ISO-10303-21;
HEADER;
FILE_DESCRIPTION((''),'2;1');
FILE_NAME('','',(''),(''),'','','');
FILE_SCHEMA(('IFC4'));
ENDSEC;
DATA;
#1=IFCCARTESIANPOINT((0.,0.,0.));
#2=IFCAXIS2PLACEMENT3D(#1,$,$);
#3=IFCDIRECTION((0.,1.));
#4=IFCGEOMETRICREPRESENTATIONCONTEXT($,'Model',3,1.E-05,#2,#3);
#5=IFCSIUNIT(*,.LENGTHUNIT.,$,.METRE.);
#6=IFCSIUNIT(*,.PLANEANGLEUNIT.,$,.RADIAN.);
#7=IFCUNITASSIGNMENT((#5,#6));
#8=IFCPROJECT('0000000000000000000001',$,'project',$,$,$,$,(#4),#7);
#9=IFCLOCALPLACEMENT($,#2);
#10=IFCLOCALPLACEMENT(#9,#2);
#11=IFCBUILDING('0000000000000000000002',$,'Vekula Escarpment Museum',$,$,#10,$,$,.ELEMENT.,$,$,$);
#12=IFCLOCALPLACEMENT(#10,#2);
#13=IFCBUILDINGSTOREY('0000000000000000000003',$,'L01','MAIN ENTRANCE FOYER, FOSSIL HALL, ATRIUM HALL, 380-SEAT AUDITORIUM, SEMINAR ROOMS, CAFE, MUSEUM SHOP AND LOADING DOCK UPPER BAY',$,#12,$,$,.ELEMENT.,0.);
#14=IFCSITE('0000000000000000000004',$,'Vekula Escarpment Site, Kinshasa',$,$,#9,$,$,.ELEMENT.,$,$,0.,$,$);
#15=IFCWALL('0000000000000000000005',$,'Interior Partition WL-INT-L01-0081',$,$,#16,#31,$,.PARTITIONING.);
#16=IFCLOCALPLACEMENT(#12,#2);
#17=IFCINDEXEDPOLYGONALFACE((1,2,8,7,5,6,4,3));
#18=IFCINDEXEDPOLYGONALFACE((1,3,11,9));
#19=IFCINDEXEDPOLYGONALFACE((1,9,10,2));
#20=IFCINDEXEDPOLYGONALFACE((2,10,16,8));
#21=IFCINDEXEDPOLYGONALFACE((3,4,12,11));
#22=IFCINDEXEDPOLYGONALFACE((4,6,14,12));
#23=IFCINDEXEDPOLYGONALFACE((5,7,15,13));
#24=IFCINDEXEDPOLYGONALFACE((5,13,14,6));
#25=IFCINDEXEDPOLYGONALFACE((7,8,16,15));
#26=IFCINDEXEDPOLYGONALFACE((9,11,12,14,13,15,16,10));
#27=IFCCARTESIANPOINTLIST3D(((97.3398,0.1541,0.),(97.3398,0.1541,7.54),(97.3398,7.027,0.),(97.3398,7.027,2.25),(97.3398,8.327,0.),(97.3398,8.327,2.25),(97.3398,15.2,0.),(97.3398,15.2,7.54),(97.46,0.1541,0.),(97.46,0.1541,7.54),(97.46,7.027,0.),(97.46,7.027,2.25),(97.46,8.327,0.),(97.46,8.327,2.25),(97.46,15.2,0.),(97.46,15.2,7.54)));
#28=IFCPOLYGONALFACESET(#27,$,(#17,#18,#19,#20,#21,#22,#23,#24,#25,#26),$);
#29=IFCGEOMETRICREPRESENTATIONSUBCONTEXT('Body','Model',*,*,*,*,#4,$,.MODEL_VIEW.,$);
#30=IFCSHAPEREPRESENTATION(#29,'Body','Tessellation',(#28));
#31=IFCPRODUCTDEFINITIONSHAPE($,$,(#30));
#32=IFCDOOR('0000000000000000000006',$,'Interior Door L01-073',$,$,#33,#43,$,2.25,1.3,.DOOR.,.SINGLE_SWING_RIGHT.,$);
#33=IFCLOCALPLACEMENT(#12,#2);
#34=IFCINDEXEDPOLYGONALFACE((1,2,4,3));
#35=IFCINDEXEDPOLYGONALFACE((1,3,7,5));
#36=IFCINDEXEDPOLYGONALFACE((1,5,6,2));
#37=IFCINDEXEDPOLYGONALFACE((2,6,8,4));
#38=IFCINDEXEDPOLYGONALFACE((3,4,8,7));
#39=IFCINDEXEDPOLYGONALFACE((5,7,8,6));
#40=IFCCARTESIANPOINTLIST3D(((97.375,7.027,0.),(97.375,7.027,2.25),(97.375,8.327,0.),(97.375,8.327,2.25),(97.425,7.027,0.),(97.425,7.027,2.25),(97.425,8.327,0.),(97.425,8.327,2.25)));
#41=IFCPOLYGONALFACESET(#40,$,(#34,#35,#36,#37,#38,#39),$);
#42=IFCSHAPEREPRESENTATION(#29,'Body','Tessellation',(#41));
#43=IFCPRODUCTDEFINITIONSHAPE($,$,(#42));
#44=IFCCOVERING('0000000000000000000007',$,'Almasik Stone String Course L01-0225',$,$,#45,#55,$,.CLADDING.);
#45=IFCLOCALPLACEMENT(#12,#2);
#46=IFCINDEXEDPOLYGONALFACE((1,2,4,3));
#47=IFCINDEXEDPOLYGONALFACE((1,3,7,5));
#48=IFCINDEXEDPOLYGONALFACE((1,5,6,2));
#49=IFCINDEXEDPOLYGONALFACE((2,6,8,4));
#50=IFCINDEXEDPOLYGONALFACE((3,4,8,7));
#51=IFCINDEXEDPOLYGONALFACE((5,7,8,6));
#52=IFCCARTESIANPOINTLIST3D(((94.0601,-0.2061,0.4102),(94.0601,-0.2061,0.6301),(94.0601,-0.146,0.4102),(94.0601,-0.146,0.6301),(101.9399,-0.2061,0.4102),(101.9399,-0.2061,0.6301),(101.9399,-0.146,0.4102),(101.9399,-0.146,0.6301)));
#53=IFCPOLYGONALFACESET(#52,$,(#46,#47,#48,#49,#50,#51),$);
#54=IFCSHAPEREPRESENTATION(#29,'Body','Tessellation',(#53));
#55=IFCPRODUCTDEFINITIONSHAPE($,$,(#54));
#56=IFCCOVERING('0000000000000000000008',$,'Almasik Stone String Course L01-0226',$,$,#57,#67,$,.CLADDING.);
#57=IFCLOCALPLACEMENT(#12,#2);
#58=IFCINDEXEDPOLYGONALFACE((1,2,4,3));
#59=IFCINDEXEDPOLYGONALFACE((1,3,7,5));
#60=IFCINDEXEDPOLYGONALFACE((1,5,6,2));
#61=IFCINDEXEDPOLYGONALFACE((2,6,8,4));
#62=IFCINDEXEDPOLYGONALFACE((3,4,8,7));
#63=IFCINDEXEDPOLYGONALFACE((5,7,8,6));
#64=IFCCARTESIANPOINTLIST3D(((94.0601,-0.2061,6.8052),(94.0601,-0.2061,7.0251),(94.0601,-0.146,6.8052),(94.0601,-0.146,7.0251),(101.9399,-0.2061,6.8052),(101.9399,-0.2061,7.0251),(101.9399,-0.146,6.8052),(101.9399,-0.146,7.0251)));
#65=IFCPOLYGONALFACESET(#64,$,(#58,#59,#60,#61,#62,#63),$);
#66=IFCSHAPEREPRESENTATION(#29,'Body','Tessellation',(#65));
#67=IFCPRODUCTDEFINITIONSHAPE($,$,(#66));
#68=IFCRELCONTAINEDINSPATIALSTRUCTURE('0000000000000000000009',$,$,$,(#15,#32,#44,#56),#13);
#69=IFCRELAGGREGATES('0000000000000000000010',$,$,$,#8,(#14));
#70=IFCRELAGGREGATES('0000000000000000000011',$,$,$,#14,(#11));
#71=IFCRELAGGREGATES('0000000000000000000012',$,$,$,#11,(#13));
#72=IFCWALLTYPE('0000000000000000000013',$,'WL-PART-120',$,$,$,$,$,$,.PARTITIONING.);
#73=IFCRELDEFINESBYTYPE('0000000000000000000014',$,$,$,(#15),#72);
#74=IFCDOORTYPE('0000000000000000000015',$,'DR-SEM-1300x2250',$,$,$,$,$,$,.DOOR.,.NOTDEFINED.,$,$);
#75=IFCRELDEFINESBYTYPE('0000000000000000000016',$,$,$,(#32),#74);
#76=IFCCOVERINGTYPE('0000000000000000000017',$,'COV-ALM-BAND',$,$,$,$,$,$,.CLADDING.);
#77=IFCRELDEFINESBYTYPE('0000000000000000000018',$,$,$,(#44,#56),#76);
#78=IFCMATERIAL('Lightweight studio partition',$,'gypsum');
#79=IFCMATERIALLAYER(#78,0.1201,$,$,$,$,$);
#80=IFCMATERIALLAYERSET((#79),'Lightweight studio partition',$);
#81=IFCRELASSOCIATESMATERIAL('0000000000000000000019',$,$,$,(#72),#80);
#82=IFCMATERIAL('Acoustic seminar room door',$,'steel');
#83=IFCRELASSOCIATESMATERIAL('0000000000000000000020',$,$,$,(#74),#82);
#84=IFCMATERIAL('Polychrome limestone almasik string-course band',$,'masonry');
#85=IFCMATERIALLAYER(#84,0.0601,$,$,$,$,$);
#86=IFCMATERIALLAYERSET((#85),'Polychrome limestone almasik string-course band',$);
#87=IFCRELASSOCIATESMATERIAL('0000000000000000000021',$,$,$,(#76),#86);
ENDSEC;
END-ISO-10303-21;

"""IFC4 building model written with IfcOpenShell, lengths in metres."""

from ifc_helpers import new_model, si_unit, direction, frame, frame_2d, origin, origin_2d, place, context, subcontext, project, spatial, rectangle, extrude, material, layer, layer_set, type_object, element, fill, save


model = new_model("IFC4")

# Units and contexts
model_context = context("Model", 3, precision=1e-05, world=origin(), true_north=direction((0.0, 1.0)))
body_context = subcontext(model_context, "Body", "Model", "MODEL_VIEW")
ifc_project = project(units=[si_unit("LENGTHUNIT", "METRE"), si_unit("PLANEANGLEUNIT", "RADIAN")], contexts=[model_context])

# Site, building, storey
site_placement = place(None, origin())
site = spatial("IfcSite", under=ifc_project, at=site_placement, Name="Vekula Escarpment Site, Kinshasa", CompositionType="ELEMENT", RefElevation=0.0)
building_placement = place(site_placement, origin())
building = spatial("IfcBuilding", under=site, at=building_placement, Name="Vekula Escarpment Museum", CompositionType="ELEMENT")
storey_placement = place(building_placement, origin())
storey = spatial("IfcBuildingStorey", under=building, at=storey_placement, Name="L01", Description="MAIN ENTRANCE FOYER, FOSSIL HALL, ATRIUM HALL, 380-SEAT AUDITORIUM, SEMINAR ROOMS, CAFE, MUSEUM SHOP AND LOADING DOCK UPPER BAY", CompositionType="ELEMENT", Elevation=0.0)

# Wall, opening, door
ifc_material_1 = material(Name="Lightweight studio partition", Category="gypsum")
ifc_layer_1 = layer(ifc_material_1, 0.1201)
ifc_layer_set_1 = layer_set([ifc_layer_1], Name="Lightweight studio partition")
wall_type_1 = type_object("IfcWallType", Name="WL-PART-120", PredefinedType="PARTITIONING", material=ifc_layer_set_1)
wall_1_placement = place(storey_placement, frame((97.3999, 0.1541, 0.0), z_axis=(0.0, 0.0, 1.0), x_axis=(0.0, 1.0, 0.0)))
wall_1 = element("IfcWall", 1, at=wall_1_placement, inside=storey, type_object=wall_type_1, Name="Interior Partition WL-INT-L01-0081", PredefinedType="PARTITIONING", context=body_context, shape_type="SweptSolid", body=[
    extrude(rectangle(XDim=15.0459, YDim=0.1201, at=frame_2d((7.5229, 0.0))), origin(), (0.0, 0.0, 1.0), 7.54),
])
opening_1_placement = place(wall_1_placement, frame((6.873, 0.0, 0.0)))
opening_1 = element("IfcOpeningElement", 2, at=opening_1_placement, cuts=wall_1, PredefinedType="OPENING", context=body_context, shape_type="SweptSolid", body=[
    extrude(rectangle(XDim=1.3, YDim=2.25, at=frame_2d((0.6499, 1.125))), frame((0.0, 0.0701, 0.0), z_axis=(0.0, -1.0, 0.0), x_axis=(1.0, 0.0, 0.0)), (0.0, 0.0, 1.0), 0.1401),
])
ifc_material_2 = material(Name="Acoustic seminar room door", Category="steel")
door_type_1 = type_object("IfcDoorType", Name="DR-SEM-1300x2250", OperationType="NOTDEFINED", PredefinedType="DOOR", material=ifc_material_2)
door_1_placement = place(opening_1_placement, origin())
door_1 = element("IfcDoor", 3, at=door_1_placement, inside=storey, type_object=door_type_1, Name="Interior Door L01-073", OperationType="SINGLE_SWING_RIGHT", OverallHeight=2.25, OverallWidth=1.3, PredefinedType="DOOR", context=body_context, shape_type="SweptSolid", body=[
    extrude(rectangle(XDim=1.3, YDim=2.25, at=frame_2d((0.6499, 1.125))), frame((0.0, 0.0249, 0.0), z_axis=(0.0, -1.0, 0.0), x_axis=(1.0, 0.0, 0.0)), (0.0, 0.0, 1.0), 0.05),
])
fill(opening_1, door_1)

# Coverings
ifc_material_3 = material(Name="Polychrome limestone almasik string-course band", Category="masonry")
ifc_layer_2 = layer(ifc_material_3, 0.0601)
ifc_layer_set_2 = layer_set([ifc_layer_2], Name="Polychrome limestone almasik string-course band")
covering_type = type_object("IfcCoveringType", Name="COV-ALM-BAND", PredefinedType="CLADDING", material=ifc_layer_set_2)
for number, where, z_axis, x_axis, name in (
    (4, (98.0, -0.176, 0.4102), (0.0, 0.0, 1.0), (1.0, 0.0, 0.0), "Almasik Stone String Course L01-0225"),
    (5, (98.0, -0.176, 6.8052), (0.0, 0.0, 1.0), (1.0, 0.0, 0.0), "Almasik Stone String Course L01-0226"),
):
    element("IfcCovering", number, at=place(storey_placement, frame(where, z_axis=z_axis, x_axis=x_axis)), inside=storey, type_object=covering_type, Name=name, PredefinedType="CLADDING", context=body_context, shape_type="SweptSolid", body=[
        extrude(rectangle(XDim=7.8799, YDim=0.0601, at=origin_2d()), origin(), (0.0, 0.0, 1.0), 0.22),
    ])

save(model, "model.ifc")
